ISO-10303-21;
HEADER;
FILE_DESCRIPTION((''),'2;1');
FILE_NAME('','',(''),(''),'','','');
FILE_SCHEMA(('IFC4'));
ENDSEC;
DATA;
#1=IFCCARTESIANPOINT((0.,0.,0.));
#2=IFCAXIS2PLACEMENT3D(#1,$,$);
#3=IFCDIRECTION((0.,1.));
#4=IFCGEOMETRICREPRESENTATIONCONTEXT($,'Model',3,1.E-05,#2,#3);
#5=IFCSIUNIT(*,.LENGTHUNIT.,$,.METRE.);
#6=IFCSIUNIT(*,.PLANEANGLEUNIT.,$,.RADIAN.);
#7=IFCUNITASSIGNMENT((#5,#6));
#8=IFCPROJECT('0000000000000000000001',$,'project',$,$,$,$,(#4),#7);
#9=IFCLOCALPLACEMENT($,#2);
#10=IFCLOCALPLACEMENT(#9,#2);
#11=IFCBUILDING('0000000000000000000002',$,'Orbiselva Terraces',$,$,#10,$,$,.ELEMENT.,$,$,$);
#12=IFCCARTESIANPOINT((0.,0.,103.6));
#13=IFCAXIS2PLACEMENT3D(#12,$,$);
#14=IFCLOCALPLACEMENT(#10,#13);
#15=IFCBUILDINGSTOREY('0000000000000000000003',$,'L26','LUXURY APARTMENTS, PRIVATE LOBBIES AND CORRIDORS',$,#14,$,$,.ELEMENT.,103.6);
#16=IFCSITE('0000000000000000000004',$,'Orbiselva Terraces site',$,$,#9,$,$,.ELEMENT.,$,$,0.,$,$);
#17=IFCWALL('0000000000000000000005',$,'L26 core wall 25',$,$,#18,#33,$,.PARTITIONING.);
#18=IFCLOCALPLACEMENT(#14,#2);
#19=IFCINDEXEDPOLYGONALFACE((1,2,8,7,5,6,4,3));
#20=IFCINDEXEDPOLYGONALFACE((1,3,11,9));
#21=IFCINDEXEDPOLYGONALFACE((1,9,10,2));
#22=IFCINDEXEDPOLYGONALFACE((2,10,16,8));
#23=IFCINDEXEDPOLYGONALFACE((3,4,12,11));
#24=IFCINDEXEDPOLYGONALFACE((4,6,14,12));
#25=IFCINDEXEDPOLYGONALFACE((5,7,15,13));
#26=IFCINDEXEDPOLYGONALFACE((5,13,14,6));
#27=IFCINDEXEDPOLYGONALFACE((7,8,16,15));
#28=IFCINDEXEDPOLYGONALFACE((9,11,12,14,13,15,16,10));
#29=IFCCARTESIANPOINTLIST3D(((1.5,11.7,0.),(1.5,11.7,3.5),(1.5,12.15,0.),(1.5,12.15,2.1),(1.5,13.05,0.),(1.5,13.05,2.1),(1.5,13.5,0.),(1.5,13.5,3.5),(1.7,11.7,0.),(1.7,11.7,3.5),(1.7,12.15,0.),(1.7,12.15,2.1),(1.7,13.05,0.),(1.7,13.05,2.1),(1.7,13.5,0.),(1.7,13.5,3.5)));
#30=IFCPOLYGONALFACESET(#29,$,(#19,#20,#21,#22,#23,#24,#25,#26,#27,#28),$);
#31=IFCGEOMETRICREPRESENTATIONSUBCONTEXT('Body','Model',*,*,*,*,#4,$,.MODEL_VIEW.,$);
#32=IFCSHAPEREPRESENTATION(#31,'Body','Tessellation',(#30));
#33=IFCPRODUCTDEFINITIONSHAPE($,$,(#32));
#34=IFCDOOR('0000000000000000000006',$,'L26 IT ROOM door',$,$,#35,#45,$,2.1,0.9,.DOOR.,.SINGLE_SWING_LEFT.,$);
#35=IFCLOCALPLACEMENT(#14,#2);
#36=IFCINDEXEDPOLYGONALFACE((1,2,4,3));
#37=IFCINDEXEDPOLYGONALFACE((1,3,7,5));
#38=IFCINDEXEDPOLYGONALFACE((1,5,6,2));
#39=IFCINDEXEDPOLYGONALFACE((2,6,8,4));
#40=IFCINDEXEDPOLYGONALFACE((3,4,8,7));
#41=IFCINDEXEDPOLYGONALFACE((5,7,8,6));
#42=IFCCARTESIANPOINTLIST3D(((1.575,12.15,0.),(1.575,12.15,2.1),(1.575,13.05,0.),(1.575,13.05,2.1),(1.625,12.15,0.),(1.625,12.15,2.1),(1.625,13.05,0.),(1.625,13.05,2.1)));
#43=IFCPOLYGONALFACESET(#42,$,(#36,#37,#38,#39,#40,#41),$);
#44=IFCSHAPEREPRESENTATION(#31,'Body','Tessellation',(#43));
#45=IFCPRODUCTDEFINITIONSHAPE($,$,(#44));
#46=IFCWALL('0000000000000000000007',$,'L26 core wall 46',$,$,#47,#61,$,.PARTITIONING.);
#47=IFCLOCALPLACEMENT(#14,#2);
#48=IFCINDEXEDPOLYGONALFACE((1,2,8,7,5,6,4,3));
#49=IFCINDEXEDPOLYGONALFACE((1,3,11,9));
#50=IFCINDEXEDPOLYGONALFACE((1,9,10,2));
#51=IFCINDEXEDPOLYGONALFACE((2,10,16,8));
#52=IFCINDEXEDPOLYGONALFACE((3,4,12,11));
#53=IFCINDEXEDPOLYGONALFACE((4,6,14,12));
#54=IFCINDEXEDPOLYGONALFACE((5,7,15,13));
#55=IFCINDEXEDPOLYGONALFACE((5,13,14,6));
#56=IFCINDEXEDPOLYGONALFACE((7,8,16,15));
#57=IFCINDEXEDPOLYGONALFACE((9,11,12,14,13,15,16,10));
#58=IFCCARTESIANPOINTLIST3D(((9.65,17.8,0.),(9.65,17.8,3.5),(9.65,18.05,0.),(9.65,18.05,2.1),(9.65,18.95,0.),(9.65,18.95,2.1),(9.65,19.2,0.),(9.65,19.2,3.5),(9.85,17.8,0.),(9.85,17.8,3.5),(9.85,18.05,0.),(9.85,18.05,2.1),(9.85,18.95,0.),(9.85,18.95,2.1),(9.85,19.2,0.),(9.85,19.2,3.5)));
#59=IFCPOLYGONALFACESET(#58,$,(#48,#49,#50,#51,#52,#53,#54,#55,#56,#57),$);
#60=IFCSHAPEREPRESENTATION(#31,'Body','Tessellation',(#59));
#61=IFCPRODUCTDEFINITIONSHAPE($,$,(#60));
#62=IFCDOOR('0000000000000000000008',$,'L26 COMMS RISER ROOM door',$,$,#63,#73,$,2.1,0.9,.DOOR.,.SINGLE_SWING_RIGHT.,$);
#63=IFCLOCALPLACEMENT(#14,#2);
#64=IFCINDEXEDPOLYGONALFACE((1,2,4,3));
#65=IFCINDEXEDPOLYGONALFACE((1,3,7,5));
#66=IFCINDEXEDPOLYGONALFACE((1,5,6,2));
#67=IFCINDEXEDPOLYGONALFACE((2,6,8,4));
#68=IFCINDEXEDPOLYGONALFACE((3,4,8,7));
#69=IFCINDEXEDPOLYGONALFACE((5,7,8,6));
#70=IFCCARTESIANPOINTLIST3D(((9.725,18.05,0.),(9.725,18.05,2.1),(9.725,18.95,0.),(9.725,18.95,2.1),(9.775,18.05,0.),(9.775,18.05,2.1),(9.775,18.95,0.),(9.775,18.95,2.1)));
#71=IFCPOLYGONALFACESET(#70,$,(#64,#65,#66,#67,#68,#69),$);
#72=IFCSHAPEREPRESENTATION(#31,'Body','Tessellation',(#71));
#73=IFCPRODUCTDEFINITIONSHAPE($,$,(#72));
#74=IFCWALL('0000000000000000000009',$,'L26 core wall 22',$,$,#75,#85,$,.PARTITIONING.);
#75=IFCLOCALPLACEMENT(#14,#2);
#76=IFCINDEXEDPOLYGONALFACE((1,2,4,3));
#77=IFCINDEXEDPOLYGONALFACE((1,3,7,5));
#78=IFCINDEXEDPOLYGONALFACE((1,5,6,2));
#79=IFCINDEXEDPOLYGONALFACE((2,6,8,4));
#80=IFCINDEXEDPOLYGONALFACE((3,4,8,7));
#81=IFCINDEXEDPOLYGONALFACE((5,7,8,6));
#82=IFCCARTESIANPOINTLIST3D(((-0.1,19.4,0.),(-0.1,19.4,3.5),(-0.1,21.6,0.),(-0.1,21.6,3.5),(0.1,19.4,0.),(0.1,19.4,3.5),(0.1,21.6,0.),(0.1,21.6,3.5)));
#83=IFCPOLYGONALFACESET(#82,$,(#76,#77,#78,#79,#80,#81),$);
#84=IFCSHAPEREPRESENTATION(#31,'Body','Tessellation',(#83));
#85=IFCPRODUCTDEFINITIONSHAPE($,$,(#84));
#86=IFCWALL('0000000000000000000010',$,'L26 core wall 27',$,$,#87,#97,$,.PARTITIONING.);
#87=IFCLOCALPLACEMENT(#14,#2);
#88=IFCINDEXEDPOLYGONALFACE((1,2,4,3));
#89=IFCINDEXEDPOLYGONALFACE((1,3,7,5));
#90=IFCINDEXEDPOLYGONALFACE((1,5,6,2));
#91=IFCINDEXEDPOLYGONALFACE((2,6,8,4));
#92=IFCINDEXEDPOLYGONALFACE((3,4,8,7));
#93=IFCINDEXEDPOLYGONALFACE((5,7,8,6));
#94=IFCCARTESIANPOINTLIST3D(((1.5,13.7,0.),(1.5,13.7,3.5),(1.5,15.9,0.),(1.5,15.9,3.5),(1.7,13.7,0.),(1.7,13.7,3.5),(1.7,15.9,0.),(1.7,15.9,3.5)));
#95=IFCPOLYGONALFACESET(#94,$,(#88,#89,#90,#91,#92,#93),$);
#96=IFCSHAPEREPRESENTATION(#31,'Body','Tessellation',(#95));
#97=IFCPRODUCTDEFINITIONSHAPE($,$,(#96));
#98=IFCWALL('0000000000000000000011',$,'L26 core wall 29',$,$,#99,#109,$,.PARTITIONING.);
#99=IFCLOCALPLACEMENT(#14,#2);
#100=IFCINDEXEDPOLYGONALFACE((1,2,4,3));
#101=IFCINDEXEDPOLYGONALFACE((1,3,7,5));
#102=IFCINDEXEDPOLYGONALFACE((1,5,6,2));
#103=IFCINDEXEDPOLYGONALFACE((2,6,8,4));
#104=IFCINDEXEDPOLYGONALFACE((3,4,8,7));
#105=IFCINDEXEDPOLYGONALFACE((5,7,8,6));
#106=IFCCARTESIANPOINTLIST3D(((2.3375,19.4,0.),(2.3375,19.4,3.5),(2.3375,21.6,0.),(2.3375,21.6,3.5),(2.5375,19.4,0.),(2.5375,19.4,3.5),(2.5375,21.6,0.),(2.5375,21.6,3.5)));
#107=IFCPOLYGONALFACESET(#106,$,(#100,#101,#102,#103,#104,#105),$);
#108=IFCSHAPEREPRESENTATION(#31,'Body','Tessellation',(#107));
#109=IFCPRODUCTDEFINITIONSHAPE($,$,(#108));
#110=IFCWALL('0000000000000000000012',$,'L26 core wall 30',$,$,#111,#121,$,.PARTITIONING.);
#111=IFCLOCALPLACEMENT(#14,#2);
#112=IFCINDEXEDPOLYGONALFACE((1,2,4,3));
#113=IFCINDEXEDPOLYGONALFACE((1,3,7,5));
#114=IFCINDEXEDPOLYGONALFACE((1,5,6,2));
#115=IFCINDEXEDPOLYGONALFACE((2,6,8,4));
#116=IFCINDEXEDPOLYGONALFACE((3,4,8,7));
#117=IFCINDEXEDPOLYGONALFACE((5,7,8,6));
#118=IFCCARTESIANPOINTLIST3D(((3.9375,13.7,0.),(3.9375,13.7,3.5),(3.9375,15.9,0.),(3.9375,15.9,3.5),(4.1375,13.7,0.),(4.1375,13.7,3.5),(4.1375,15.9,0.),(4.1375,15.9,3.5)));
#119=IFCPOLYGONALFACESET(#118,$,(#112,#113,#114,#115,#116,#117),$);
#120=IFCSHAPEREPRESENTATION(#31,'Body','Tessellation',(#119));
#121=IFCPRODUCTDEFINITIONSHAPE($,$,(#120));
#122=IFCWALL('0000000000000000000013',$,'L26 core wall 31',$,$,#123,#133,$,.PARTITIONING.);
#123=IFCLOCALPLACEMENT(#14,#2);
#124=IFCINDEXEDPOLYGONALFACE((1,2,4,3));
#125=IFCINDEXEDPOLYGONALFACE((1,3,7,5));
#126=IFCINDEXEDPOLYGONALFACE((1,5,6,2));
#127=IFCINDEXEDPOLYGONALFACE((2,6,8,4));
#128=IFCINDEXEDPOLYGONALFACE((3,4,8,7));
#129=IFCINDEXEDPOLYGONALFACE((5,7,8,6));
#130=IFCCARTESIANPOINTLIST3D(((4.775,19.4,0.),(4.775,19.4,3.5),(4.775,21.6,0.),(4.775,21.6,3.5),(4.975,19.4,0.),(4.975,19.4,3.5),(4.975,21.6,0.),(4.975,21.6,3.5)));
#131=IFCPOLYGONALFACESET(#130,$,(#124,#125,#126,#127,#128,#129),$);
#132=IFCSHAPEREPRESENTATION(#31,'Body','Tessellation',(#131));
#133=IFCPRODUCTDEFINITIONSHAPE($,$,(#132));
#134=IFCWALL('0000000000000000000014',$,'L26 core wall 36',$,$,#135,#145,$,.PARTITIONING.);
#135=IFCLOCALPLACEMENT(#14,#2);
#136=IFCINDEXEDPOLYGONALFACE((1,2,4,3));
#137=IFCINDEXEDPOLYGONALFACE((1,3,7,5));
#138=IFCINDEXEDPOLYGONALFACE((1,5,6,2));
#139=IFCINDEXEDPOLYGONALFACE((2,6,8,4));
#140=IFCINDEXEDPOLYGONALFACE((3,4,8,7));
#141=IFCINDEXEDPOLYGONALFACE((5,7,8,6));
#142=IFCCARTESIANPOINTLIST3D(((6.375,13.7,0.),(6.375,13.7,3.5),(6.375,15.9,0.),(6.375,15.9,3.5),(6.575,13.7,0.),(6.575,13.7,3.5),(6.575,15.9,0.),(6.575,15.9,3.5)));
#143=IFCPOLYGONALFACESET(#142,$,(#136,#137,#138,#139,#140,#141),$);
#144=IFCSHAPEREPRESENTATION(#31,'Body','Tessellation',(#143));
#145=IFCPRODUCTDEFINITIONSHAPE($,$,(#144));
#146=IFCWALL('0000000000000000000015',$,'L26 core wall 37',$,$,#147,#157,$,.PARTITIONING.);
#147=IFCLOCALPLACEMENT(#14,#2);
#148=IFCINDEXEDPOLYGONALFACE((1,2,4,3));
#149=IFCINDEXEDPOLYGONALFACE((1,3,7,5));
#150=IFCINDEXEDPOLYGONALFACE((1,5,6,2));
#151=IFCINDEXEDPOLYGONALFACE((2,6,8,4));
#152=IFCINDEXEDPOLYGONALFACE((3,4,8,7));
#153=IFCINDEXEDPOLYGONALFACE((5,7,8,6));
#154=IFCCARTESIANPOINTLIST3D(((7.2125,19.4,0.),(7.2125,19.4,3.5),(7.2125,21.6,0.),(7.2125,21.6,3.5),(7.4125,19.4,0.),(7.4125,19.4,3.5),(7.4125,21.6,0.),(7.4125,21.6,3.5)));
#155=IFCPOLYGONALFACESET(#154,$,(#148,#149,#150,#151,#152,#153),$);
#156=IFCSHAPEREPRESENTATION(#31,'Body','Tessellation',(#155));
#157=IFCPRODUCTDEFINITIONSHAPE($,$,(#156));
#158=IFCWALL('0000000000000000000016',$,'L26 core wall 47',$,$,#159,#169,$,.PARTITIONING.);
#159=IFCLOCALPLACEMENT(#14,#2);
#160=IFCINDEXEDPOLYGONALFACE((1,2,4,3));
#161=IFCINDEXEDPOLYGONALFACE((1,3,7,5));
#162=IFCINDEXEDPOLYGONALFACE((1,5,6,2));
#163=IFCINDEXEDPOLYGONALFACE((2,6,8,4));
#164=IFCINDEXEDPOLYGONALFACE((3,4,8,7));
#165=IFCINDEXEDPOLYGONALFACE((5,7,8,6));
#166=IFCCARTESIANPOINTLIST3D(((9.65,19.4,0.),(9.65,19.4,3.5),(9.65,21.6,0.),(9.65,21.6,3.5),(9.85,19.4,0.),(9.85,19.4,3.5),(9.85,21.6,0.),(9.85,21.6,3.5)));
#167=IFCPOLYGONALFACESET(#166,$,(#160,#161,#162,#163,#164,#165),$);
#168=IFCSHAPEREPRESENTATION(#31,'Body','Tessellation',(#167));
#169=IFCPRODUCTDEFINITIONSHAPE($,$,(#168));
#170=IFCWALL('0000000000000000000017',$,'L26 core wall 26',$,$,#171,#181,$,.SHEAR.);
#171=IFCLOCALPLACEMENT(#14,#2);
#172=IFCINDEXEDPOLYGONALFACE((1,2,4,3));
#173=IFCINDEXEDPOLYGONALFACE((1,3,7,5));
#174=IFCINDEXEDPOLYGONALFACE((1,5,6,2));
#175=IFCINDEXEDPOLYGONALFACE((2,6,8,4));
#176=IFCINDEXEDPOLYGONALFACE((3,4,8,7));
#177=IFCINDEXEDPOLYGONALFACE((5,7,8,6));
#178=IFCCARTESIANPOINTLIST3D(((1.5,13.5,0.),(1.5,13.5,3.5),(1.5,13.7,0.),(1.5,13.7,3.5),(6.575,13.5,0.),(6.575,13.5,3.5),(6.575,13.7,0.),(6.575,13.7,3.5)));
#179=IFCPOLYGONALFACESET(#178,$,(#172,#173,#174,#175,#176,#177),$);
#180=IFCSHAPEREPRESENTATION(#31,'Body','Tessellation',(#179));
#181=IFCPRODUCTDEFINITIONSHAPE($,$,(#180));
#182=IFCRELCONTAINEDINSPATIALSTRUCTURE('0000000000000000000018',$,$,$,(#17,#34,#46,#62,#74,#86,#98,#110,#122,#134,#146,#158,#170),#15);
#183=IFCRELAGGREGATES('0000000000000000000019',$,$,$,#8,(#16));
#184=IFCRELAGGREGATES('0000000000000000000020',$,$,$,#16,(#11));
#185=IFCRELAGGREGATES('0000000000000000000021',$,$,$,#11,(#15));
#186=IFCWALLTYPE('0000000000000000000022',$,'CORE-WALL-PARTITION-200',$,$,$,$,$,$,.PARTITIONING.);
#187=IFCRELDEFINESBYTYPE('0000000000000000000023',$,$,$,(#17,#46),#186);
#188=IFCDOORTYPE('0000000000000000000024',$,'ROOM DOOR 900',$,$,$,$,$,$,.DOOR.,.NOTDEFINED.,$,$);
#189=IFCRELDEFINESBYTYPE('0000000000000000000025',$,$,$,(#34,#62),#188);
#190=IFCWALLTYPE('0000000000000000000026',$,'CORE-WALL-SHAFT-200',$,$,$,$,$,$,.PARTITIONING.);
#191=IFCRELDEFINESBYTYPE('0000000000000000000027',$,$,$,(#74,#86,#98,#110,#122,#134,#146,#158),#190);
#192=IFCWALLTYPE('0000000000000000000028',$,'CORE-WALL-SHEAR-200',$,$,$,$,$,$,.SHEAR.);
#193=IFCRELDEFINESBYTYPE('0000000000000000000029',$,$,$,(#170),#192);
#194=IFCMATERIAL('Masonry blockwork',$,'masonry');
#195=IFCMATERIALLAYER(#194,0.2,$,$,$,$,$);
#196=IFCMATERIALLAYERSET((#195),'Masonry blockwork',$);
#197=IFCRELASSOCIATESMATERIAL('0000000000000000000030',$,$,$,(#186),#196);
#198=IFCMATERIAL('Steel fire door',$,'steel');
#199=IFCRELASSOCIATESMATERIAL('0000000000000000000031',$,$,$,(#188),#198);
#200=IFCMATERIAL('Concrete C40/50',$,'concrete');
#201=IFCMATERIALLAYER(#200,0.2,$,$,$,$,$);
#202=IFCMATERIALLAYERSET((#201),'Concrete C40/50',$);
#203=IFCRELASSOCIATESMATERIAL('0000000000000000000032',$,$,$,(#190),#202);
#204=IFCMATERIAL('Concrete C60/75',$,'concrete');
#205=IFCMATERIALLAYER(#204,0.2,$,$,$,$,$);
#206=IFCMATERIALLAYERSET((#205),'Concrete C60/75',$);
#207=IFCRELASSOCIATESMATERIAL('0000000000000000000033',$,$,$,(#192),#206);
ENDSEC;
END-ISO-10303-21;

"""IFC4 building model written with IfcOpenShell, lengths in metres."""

from ifc_helpers import new_model, si_unit, direction, frame, frame_2d, origin, place, context, subcontext, project, spatial, rectangle, extrude, material, layer, layer_set, type_object, element, fill, save


model = new_model("IFC4")

# Units and contexts
model_context = context("Model", 3, precision=1e-05, world=origin(), true_north=direction((0.0, 1.0)))
body_context = subcontext(model_context, "Body", "Model", "MODEL_VIEW")
ifc_project = project(units=[si_unit("LENGTHUNIT", "METRE"), si_unit("PLANEANGLEUNIT", "RADIAN")], contexts=[model_context])

# Site, building, storey
site_placement = place(None, origin())
site = spatial("IfcSite", under=ifc_project, at=site_placement, Name="Orbiselva Terraces site", CompositionType="ELEMENT", RefElevation=0.0)
building_placement = place(site_placement, origin())
building = spatial("IfcBuilding", under=site, at=building_placement, Name="Orbiselva Terraces", CompositionType="ELEMENT")
storey_placement = place(building_placement, frame((0.0, 0.0, 103.6)))
storey = spatial("IfcBuildingStorey", under=building, at=storey_placement, Name="L26", Description="LUXURY APARTMENTS, PRIVATE LOBBIES AND CORRIDORS", CompositionType="ELEMENT", Elevation=103.6)

# Walls, openings, doors
ifc_material_1 = material(Name="Masonry blockwork", Category="masonry")
ifc_layer_1 = layer(ifc_material_1, 0.2)
ifc_layer_set_1 = layer_set([ifc_layer_1], Name="Masonry blockwork")
wall_type_1 = type_object("IfcWallType", Name="CORE-WALL-PARTITION-200", PredefinedType="PARTITIONING", material=ifc_layer_set_1)
wall_1_placement = place(storey_placement, frame((1.6, 13.5, 0.0), z_axis=(0.0, 0.0, 1.0), x_axis=(0.0, -1.0, 0.0)))
wall_1 = element("IfcWall", 1, at=wall_1_placement, inside=storey, type_object=wall_type_1, Name="L26 core wall 25", PredefinedType="PARTITIONING", context=body_context, shape_type="SweptSolid", body=[
    extrude(rectangle(XDim=1.8, YDim=0.2, at=frame_2d((0.9, 0.0))), origin(), (0.0, 0.0, 1.0), 3.5),
])
opening_1_placement = place(wall_1_placement, frame((0.45, 0.0, 0.0)))
opening_1 = element("IfcOpeningElement", 2, at=opening_1_placement, cuts=wall_1, PredefinedType="OPENING", context=body_context, shape_type="SweptSolid", body=[
    extrude(rectangle(XDim=0.9, YDim=2.1, at=frame_2d((0.45, 1.05))), frame((0.0, 0.11, 0.0), z_axis=(0.0, -1.0, 0.0), x_axis=(1.0, 0.0, 0.0)), (0.0, 0.0, 1.0), 0.22),
])
ifc_material_2 = material(Name="Steel fire door", Category="steel")
door_type = type_object("IfcDoorType", Name="ROOM DOOR 900", OperationType="NOTDEFINED", PredefinedType="DOOR", material=ifc_material_2)
door_1_placement = place(opening_1_placement, origin())
door_1 = element("IfcDoor", 3, at=door_1_placement, inside=storey, type_object=door_type, Name="L26 IT ROOM door", OperationType="SINGLE_SWING_LEFT", OverallHeight=2.1, OverallWidth=0.9, PredefinedType="DOOR", context=body_context, shape_type="SweptSolid", body=[
    extrude(rectangle(XDim=0.9, YDim=2.1, at=frame_2d((0.45, 1.05))), frame((0.0, 0.025, 0.0), z_axis=(0.0, -1.0, 0.0), x_axis=(1.0, 0.0, 0.0)), (0.0, 0.0, 1.0), 0.05),
])
fill(opening_1, door_1)
wall_2_placement = place(storey_placement, frame((9.75, 19.2, 0.0), z_axis=(0.0, 0.0, 1.0), x_axis=(0.0, -1.0, 0.0)))
wall_2 = element("IfcWall", 4, at=wall_2_placement, inside=storey, type_object=wall_type_1, Name="L26 core wall 46", PredefinedType="PARTITIONING", context=body_context, shape_type="SweptSolid", body=[
    extrude(rectangle(XDim=1.4, YDim=0.2, at=frame_2d((0.7, 0.0))), origin(), (0.0, 0.0, 1.0), 3.5),
])
opening_2_placement = place(wall_2_placement, frame((0.25, 0.0, 0.0)))
opening_2 = element("IfcOpeningElement", 5, at=opening_2_placement, cuts=wall_2, PredefinedType="OPENING", context=body_context, shape_type="SweptSolid", body=[
    extrude(rectangle(XDim=0.9, YDim=2.1, at=frame_2d((0.45, 1.05))), frame((0.0, 0.11, 0.0), z_axis=(0.0, -1.0, 0.0), x_axis=(1.0, 0.0, 0.0)), (0.0, 0.0, 1.0), 0.22),
])
door_2_placement = place(opening_2_placement, origin())
door_2 = element("IfcDoor", 6, at=door_2_placement, inside=storey, type_object=door_type, Name="L26 COMMS RISER ROOM door", OperationType="SINGLE_SWING_RIGHT", OverallHeight=2.1, OverallWidth=0.9, PredefinedType="DOOR", context=body_context, shape_type="SweptSolid", body=[
    extrude(rectangle(XDim=0.9, YDim=2.1, at=frame_2d((0.45, 1.05))), frame((0.0, 0.025, 0.0), z_axis=(0.0, -1.0, 0.0), x_axis=(1.0, 0.0, 0.0)), (0.0, 0.0, 1.0), 0.05),
])
fill(opening_2, door_2)

# Walls
ifc_material_3 = material(Name="Concrete C40/50", Category="concrete")
ifc_layer_2 = layer(ifc_material_3, 0.2)
ifc_layer_set_2 = layer_set([ifc_layer_2], Name="Concrete C40/50")
wall_type_2 = type_object("IfcWallType", Name="CORE-WALL-SHAFT-200", PredefinedType="PARTITIONING", material=ifc_layer_set_2)
for number, where, z_axis, x_axis, name in (
    (7, (0.0, 19.4, 0.0), (0.0, 0.0, 1.0), (0.0, 1.0, 0.0), "L26 core wall 22"),
    (8, (1.6, 13.7, 0.0), (0.0, 0.0, 1.0), (0.0, 1.0, 0.0), "L26 core wall 27"),
    (9, (2.4375, 19.4, 0.0), (0.0, 0.0, 1.0), (0.0, 1.0, 0.0), "L26 core wall 29"),
    (10, (4.0375, 13.7, 0.0), (0.0, 0.0, 1.0), (0.0, 1.0, 0.0), "L26 core wall 30"),
    (11, (4.875, 19.4, 0.0), (0.0, 0.0, 1.0), (0.0, 1.0, 0.0), "L26 core wall 31"),
    (12, (6.475, 13.7, 0.0), (0.0, 0.0, 1.0), (0.0, 1.0, 0.0), "L26 core wall 36"),
    (13, (7.3125, 19.4, 0.0), (0.0, 0.0, 1.0), (0.0, 1.0, 0.0), "L26 core wall 37"),
    (14, (9.75, 19.4, 0.0), (0.0, 0.0, 1.0), (0.0, 1.0, 0.0), "L26 core wall 47"),
):
    element("IfcWall", number, at=place(storey_placement, frame(where, z_axis=z_axis, x_axis=x_axis)), inside=storey, type_object=wall_type_2, Name=name, PredefinedType="PARTITIONING", context=body_context, shape_type="SweptSolid", body=[
        extrude(rectangle(XDim=2.2, YDim=0.2, at=frame_2d((1.1, 0.0))), origin(), (0.0, 0.0, 1.0), 3.5),
    ])
ifc_material_4 = material(Name="Concrete C60/75", Category="concrete")
ifc_layer_3 = layer(ifc_material_4, 0.2)
ifc_layer_set_3 = layer_set([ifc_layer_3], Name="Concrete C60/75")
wall_type_3 = type_object("IfcWallType", Name="CORE-WALL-SHEAR-200", PredefinedType="SHEAR", material=ifc_layer_set_3)
wall_3_placement = place(storey_placement, frame((1.5, 13.6, 0.0), z_axis=(0.0, 0.0, 1.0), x_axis=(1.0, 0.0, 0.0)))
element("IfcWall", 15, at=wall_3_placement, inside=storey, type_object=wall_type_3, Name="L26 core wall 26", PredefinedType="SHEAR", context=body_context, shape_type="SweptSolid", body=[
    extrude(rectangle(XDim=5.075, YDim=0.2, at=frame_2d((2.5375, 0.0))), origin(), (0.0, 0.0, 1.0), 3.5),
])

save(model, "model.ifc")
